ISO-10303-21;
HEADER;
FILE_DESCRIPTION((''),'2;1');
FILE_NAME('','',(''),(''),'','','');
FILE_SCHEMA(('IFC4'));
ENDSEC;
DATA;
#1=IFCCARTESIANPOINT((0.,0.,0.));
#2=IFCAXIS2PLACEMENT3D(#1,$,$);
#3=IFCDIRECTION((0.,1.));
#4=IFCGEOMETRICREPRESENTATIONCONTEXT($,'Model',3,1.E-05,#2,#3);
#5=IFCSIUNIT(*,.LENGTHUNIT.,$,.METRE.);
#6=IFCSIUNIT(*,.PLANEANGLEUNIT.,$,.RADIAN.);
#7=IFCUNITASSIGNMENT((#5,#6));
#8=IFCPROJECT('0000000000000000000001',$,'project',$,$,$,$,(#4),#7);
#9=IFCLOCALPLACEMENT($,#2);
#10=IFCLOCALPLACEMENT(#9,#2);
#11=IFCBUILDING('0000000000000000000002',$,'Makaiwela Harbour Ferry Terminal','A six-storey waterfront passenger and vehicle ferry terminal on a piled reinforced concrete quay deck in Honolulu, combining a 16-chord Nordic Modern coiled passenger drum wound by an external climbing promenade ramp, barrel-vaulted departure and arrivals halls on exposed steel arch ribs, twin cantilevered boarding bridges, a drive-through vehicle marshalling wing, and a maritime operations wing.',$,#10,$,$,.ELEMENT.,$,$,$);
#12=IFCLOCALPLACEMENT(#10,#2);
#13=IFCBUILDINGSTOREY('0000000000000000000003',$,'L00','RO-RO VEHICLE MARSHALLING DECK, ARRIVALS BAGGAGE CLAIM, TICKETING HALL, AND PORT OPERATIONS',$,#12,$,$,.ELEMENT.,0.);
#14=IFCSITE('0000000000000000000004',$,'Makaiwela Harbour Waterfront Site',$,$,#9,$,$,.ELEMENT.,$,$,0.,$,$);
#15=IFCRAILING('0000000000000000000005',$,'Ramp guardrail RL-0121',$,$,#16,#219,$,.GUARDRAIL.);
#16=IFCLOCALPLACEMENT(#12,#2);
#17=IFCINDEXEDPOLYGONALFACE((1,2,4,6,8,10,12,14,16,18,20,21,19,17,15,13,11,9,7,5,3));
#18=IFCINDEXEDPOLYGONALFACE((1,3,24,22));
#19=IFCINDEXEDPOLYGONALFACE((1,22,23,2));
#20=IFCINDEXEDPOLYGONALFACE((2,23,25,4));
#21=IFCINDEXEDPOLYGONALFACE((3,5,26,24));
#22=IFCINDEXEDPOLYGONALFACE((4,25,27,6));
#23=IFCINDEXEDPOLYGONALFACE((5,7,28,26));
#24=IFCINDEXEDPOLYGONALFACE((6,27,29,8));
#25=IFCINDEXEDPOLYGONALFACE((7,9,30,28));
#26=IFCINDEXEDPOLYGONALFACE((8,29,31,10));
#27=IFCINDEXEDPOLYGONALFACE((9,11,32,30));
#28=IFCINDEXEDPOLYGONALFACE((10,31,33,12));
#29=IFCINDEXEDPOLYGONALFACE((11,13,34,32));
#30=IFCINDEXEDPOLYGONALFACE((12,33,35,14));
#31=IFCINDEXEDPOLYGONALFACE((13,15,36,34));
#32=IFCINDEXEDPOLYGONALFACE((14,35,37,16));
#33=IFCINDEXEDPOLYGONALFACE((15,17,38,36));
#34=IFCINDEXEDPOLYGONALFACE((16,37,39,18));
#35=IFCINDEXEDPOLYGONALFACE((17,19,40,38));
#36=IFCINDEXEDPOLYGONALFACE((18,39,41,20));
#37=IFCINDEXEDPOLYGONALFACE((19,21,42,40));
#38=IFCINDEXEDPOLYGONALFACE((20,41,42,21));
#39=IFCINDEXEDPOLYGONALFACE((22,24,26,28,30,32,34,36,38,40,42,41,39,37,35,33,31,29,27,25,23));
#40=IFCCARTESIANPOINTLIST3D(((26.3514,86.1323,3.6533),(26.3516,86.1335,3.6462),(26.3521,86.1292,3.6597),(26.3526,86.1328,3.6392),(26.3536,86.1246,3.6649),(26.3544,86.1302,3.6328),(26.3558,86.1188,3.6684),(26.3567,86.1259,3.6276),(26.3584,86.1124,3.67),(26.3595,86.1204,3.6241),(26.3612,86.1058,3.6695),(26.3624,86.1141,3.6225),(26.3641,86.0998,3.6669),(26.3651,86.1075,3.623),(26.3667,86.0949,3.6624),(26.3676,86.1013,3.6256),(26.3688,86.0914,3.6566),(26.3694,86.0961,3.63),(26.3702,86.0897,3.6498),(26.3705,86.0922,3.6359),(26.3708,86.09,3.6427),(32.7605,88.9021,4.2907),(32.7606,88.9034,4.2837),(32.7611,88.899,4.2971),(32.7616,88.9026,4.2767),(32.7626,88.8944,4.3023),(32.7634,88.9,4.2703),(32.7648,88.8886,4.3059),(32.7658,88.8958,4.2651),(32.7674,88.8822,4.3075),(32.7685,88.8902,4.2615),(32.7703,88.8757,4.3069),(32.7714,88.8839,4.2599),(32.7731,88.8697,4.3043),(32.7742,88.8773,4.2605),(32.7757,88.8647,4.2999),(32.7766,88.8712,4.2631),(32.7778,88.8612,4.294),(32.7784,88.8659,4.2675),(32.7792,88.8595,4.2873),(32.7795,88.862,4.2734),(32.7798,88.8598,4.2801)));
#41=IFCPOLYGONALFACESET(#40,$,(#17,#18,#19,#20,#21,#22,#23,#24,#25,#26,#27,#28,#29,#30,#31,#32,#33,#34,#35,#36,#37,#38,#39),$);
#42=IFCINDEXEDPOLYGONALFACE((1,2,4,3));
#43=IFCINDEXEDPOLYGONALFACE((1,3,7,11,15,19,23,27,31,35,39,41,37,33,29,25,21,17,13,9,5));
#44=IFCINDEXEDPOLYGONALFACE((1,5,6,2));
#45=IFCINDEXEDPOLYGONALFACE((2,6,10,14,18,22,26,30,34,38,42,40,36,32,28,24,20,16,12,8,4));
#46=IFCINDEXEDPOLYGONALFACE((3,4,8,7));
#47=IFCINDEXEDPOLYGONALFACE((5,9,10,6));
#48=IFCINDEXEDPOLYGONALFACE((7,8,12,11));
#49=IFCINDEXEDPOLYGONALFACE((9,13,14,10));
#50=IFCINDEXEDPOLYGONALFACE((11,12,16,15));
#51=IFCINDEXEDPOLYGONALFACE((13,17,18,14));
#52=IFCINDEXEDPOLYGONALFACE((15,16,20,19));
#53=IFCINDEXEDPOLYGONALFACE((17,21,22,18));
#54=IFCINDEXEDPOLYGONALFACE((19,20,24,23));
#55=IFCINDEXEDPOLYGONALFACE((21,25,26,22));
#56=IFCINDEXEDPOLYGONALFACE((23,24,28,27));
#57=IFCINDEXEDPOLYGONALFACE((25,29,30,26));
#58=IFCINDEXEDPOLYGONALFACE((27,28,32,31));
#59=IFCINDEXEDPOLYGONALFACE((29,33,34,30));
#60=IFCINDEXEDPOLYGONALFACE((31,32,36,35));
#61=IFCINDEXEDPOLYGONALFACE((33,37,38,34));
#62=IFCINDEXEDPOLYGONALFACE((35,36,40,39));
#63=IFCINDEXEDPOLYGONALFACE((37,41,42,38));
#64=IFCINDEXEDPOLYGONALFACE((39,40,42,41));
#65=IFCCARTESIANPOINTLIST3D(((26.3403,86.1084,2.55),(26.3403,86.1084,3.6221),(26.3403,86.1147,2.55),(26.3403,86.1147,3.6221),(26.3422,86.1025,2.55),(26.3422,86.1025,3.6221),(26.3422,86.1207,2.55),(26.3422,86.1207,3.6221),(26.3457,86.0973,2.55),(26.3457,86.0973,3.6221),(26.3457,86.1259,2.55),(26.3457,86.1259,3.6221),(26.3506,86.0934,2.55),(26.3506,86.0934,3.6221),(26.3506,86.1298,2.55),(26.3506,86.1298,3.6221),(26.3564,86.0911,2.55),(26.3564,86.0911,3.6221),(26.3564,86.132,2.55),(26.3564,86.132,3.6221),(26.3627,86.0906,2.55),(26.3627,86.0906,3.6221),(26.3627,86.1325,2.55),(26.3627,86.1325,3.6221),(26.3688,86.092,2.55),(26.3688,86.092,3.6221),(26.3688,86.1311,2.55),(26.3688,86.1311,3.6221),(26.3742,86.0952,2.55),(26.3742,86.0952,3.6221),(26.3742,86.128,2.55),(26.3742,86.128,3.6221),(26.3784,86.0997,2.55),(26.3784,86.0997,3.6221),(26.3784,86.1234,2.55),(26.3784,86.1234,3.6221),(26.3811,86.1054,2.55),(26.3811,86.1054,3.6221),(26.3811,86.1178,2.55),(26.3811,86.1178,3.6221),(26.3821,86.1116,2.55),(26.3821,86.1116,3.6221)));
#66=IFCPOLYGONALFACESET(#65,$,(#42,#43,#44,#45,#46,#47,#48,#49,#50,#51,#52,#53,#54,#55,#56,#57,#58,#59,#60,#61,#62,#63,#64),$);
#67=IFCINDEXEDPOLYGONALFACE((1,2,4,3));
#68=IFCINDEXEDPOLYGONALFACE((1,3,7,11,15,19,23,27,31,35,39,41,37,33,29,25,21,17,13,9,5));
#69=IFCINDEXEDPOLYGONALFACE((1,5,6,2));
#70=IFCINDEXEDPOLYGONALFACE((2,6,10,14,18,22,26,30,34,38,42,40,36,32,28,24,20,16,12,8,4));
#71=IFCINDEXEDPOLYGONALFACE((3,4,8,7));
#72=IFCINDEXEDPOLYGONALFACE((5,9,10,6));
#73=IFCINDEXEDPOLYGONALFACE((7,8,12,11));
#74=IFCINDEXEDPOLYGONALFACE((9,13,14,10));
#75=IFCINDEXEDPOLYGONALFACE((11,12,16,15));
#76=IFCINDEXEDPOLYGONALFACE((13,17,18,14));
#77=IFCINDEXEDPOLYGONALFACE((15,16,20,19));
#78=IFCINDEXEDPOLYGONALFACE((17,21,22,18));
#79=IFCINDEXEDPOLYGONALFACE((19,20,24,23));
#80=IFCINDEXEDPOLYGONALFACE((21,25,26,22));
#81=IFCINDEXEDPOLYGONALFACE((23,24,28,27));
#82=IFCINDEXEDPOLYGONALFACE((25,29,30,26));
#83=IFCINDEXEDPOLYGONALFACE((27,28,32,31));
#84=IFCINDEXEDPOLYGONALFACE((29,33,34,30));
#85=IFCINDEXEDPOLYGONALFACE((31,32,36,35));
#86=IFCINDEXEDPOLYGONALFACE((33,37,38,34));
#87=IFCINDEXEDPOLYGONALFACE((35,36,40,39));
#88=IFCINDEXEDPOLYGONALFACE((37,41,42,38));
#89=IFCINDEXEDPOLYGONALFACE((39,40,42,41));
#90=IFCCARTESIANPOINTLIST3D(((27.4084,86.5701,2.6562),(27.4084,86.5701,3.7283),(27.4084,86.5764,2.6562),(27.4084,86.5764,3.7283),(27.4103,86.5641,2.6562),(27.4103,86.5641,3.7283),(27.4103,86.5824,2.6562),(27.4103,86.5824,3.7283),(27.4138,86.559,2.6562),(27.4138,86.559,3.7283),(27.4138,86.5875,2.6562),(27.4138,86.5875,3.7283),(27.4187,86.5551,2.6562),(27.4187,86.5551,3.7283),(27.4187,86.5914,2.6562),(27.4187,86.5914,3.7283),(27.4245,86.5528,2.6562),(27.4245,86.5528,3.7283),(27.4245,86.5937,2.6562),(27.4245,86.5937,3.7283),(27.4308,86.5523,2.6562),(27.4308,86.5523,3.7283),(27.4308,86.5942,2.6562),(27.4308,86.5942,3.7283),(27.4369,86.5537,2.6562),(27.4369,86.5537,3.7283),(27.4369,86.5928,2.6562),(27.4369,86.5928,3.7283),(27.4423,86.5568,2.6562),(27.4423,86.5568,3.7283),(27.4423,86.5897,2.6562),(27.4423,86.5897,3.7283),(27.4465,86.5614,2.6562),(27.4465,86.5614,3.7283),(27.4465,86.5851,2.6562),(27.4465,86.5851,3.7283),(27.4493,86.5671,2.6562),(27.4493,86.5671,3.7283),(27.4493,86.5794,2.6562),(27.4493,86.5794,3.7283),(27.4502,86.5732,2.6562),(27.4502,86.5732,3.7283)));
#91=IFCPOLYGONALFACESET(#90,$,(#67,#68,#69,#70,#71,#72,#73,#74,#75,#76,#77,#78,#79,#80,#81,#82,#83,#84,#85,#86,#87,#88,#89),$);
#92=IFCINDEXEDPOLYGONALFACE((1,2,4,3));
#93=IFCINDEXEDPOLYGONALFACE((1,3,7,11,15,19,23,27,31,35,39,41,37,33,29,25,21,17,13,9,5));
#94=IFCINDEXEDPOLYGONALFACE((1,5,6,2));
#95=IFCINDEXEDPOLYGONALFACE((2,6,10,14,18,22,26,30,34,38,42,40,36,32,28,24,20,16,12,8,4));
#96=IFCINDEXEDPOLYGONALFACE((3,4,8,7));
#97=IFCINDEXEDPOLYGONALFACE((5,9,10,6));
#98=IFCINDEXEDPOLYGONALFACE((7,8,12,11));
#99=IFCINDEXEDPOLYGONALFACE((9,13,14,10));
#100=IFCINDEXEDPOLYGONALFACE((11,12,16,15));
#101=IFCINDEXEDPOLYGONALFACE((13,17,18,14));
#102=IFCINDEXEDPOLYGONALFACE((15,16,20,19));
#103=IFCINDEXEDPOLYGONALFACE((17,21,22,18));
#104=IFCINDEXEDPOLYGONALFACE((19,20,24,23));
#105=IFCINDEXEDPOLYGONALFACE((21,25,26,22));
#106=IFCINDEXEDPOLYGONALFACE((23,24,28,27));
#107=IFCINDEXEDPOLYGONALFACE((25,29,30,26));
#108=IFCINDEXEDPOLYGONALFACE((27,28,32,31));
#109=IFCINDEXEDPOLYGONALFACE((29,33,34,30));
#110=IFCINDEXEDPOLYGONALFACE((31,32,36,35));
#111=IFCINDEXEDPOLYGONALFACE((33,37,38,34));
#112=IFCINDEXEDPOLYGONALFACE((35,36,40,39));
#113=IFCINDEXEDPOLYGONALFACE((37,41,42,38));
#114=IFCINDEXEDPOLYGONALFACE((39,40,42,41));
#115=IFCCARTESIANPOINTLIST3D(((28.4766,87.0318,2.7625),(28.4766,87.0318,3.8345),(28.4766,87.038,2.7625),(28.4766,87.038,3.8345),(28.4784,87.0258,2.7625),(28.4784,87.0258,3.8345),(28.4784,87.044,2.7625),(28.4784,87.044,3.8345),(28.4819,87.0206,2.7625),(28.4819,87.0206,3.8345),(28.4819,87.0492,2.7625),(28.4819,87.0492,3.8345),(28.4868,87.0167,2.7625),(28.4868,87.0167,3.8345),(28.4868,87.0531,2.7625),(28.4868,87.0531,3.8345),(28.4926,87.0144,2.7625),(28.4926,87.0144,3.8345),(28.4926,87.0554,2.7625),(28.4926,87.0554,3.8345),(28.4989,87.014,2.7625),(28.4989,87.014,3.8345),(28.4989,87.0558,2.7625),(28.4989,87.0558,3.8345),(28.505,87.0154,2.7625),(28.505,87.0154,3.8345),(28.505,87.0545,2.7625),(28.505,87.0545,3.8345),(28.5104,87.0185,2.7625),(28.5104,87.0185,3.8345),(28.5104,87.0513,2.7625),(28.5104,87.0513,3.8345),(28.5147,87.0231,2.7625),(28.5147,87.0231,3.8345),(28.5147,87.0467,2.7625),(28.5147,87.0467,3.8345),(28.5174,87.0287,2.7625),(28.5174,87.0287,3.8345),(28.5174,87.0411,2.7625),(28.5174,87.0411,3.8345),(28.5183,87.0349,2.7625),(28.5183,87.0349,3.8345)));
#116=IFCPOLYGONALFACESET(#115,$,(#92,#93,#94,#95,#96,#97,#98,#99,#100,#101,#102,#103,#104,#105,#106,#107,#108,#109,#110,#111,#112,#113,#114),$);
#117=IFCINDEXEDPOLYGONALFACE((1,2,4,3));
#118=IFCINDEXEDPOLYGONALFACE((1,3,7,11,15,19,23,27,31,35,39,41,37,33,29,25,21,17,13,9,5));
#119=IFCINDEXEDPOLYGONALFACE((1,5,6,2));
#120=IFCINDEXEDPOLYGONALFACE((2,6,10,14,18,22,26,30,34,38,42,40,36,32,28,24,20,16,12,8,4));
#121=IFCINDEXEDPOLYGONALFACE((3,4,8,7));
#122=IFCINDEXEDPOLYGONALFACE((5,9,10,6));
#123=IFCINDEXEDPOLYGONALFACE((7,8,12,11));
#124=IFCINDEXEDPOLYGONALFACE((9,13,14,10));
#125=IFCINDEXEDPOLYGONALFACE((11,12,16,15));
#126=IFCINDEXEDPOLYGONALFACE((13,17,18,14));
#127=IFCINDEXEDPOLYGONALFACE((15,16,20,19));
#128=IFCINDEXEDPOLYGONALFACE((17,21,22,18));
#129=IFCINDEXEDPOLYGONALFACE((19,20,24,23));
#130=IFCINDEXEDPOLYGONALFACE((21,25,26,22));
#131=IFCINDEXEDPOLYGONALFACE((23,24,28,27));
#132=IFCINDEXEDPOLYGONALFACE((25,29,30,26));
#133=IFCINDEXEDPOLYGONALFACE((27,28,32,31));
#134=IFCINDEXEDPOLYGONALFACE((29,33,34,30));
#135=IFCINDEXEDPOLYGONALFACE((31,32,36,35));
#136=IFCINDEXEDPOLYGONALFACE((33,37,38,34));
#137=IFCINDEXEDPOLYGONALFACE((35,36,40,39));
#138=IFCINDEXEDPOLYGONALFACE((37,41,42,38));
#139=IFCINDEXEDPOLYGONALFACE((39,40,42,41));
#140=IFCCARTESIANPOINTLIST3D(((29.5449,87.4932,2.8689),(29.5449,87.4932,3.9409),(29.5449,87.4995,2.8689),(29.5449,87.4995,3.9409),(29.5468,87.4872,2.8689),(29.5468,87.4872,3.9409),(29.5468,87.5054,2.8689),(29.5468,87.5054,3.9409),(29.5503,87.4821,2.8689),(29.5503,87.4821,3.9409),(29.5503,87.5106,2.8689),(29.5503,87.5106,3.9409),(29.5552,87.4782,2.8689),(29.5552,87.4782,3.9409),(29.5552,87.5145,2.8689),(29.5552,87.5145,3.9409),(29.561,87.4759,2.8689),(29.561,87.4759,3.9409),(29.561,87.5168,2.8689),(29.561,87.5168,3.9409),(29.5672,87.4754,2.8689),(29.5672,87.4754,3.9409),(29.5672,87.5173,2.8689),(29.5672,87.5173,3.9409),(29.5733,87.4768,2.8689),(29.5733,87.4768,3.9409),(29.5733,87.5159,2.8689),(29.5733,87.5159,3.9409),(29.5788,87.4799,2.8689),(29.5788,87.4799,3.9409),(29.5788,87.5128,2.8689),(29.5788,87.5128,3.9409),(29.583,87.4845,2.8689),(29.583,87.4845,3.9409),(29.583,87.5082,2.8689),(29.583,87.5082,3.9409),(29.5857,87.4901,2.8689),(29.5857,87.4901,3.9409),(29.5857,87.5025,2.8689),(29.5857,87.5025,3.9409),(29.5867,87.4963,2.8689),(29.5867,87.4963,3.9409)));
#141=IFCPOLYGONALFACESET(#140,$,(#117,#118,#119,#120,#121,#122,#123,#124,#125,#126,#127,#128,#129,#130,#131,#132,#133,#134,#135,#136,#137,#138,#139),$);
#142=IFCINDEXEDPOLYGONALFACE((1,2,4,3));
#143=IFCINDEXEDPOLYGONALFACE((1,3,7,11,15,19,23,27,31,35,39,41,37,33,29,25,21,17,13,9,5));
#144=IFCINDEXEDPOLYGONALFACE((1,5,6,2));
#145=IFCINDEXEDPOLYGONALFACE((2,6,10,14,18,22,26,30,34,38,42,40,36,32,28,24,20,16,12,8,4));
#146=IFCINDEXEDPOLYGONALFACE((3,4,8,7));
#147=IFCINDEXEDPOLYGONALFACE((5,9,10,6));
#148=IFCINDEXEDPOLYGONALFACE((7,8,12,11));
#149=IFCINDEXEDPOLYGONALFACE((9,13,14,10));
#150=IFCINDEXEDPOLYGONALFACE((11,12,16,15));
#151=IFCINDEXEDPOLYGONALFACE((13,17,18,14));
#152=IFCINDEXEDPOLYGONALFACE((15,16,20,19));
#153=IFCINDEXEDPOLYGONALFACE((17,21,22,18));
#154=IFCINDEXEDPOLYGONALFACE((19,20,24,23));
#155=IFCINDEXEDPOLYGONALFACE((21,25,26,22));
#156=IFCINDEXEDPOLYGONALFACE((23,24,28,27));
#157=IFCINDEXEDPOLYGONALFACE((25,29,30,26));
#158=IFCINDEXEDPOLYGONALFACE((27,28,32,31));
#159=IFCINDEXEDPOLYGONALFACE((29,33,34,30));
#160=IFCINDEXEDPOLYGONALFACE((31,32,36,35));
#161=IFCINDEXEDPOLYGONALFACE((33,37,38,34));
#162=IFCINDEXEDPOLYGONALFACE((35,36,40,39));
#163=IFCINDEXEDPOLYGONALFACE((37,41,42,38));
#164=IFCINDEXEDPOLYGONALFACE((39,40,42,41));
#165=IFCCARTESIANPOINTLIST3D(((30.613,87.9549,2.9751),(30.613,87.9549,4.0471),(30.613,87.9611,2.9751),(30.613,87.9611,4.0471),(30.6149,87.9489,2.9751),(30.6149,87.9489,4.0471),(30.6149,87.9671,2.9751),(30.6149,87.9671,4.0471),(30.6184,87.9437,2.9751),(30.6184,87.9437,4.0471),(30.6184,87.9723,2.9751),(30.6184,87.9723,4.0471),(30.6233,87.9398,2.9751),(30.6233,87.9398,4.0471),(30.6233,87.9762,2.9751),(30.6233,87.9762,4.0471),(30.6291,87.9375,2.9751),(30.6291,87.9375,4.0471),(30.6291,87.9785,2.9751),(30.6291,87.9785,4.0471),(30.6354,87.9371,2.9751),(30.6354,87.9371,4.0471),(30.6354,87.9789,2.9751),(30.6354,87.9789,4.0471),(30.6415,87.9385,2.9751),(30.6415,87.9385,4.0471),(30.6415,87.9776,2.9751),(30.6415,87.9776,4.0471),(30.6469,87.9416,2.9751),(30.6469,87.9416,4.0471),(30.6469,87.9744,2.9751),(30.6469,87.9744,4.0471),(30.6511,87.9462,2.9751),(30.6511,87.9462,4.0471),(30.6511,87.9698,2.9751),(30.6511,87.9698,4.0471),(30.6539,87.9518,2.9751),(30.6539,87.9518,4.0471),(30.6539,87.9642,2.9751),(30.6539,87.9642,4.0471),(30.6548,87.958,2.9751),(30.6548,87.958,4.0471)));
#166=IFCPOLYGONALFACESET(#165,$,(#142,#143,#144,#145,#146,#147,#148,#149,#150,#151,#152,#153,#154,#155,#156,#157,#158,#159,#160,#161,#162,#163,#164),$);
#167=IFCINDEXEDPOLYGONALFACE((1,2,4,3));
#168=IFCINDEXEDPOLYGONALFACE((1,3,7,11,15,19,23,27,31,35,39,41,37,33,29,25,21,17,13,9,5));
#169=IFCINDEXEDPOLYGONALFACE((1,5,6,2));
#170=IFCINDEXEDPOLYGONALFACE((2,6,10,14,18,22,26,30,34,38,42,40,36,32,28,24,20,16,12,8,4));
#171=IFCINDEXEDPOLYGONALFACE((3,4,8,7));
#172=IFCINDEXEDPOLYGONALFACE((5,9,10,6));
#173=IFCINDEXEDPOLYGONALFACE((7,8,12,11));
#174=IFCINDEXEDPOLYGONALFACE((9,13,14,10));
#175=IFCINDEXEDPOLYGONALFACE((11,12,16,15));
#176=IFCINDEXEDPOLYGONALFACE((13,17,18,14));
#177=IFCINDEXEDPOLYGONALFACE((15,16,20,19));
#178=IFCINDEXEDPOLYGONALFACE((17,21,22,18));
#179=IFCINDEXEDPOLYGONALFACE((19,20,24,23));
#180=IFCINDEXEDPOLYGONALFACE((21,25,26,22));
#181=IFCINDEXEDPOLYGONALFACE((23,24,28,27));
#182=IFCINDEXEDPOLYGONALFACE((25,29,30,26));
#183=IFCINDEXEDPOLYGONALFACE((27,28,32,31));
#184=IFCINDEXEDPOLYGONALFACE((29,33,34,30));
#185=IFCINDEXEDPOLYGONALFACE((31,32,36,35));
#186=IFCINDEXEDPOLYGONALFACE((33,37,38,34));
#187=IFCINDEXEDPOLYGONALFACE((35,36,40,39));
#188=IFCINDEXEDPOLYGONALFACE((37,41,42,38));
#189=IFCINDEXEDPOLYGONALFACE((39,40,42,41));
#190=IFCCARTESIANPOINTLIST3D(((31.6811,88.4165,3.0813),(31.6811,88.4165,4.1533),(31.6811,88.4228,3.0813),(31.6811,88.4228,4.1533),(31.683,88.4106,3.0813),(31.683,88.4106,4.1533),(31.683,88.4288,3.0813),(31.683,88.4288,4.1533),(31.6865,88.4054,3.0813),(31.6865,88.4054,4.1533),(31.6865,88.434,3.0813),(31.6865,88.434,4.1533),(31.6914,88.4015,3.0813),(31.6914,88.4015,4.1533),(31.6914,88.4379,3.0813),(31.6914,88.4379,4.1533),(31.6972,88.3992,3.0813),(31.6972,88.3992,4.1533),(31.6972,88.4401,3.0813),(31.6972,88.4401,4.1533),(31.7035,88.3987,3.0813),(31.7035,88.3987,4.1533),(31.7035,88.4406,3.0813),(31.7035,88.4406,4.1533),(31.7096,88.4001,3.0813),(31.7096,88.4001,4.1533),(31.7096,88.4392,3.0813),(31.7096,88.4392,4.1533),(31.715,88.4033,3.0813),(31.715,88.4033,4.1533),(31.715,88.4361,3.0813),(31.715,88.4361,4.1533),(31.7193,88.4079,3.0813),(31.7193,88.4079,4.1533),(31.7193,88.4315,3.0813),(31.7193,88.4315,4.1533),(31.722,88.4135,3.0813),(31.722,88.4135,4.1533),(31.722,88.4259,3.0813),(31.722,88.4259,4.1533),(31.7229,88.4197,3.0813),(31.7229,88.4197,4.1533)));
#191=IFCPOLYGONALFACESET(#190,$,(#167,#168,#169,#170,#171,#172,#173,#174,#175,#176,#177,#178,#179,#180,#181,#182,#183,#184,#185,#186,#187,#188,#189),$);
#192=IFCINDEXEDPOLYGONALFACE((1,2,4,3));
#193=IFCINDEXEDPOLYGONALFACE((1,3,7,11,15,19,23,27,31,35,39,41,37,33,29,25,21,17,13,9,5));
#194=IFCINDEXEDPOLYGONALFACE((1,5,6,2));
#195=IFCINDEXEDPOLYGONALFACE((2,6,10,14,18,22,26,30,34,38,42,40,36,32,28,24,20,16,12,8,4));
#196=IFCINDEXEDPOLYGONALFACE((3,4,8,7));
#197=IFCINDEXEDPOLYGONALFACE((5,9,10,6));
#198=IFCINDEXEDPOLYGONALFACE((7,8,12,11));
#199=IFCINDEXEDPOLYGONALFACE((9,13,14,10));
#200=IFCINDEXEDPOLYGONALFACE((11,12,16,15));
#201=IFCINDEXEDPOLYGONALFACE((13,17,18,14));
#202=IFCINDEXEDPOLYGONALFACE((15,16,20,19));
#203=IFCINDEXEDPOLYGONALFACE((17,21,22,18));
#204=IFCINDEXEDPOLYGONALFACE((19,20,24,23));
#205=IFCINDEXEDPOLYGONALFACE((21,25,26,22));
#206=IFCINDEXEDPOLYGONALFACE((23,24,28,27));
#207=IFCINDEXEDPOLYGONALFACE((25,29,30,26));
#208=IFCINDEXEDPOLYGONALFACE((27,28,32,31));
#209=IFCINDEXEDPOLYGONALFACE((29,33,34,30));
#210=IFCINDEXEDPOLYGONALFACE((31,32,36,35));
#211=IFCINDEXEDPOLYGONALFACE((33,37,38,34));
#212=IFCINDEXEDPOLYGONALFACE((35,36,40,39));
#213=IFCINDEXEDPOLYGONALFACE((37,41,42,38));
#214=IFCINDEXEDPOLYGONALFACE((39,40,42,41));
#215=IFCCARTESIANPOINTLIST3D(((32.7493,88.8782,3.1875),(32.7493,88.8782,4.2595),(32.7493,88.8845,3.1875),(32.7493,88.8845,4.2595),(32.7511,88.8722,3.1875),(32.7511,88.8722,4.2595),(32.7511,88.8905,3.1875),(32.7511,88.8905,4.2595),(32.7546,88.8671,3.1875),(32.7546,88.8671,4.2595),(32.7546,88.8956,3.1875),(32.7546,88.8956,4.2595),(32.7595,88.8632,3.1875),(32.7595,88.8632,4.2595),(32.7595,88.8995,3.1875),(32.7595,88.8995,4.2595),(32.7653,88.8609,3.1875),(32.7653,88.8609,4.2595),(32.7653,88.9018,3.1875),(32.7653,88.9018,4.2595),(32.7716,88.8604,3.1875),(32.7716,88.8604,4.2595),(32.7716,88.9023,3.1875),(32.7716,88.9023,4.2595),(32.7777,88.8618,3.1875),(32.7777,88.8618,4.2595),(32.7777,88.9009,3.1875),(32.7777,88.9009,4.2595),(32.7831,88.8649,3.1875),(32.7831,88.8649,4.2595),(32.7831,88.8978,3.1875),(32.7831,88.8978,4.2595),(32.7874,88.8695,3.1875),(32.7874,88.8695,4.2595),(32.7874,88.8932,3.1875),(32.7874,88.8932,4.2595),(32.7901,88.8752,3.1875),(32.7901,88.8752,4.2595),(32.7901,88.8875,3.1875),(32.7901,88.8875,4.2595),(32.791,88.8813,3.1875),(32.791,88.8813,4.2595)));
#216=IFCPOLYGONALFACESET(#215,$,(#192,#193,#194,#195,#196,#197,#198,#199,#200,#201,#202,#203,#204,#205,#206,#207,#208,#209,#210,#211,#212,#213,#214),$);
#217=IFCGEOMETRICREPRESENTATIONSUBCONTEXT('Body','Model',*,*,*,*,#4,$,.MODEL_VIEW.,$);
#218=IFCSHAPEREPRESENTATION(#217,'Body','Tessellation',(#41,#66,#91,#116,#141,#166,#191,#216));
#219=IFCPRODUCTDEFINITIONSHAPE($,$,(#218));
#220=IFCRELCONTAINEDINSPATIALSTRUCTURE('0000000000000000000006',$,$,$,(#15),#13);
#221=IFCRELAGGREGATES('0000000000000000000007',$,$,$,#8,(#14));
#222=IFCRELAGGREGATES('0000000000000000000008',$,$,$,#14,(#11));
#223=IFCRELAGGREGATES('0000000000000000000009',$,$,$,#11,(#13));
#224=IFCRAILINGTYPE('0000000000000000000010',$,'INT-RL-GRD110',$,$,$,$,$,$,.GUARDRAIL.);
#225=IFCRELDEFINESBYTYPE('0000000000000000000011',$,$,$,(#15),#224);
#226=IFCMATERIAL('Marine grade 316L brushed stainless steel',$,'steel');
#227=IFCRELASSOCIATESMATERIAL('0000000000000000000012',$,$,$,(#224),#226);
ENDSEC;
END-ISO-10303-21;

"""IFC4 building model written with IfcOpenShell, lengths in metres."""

from ifc_helpers import new_model, si_unit, direction, frame, origin, origin_2d, place, context, subcontext, project, spatial, circle, extrude, material, type_object, element, save


model = new_model("IFC4")

# Units and contexts
model_context = context("Model", 3, precision=1e-05, world=origin(), true_north=direction((0.0, 1.0)))
body_context = subcontext(model_context, "Body", "Model", "MODEL_VIEW")
ifc_project = project(units=[si_unit("LENGTHUNIT", "METRE"), si_unit("PLANEANGLEUNIT", "RADIAN")], contexts=[model_context])

# Site, building, storey
site_placement = place(None, origin())
site = spatial("IfcSite", under=ifc_project, at=site_placement, Name="Makaiwela Harbour Waterfront Site", CompositionType="ELEMENT", RefElevation=0.0)
building_placement = place(site_placement, origin())
building = spatial("IfcBuilding", under=site, at=building_placement, Name="Makaiwela Harbour Ferry Terminal", Description="A six-storey waterfront passenger and vehicle ferry terminal on a piled reinforced concrete quay deck in Honolulu, combining a 16-chord Nordic Modern coiled passenger drum wound by an external climbing promenade ramp, barrel-vaulted departure and arrivals halls on exposed steel arch ribs, twin cantilevered boarding bridges, a drive-through vehicle marshalling wing, and a maritime operations wing.", CompositionType="ELEMENT")
storey_placement = place(building_placement, origin())
storey = spatial("IfcBuildingStorey", under=building, at=storey_placement, Name="L00", Description="RO-RO VEHICLE MARSHALLING DECK, ARRIVALS BAGGAGE CLAIM, TICKETING HALL, AND PORT OPERATIONS", CompositionType="ELEMENT", Elevation=0.0)

# Railing
ifc_material_1 = material(Name="Marine grade 316L brushed stainless steel", Category="steel")
railing_type_1 = type_object("IfcRailingType", Name="INT-RL-GRD110", PredefinedType="GUARDRAIL", material=ifc_material_1)
railing_1_placement = place(storey_placement, frame((26.3611, 86.1116, 2.55)))
element("IfcRailing", 1, at=railing_1_placement, inside=storey, type_object=railing_type_1, Name="Ramp guardrail RL-0121", PredefinedType="GUARDRAIL", context=body_context, shape_type="SweptSolid", body=[
    extrude(circle(Radius=0.0239, at=origin_2d()), frame((0.0, 0.0, 1.0962), z_axis=(0.914141, 0.395068, 0.090923), x_axis=(-0.396711, 0.917943, 0.0)), (0.0, 0.0, 1.0), 7.011),
    extrude(circle(Radius=0.021, at=origin_2d()), origin(), (0.0, 0.0, 1.0), 1.072),
    extrude(circle(Radius=0.021, at=origin_2d()), frame((1.0681, 0.4617, 0.1062)), (0.0, 0.0, 1.0), 1.072),
    extrude(circle(Radius=0.021, at=origin_2d()), frame((2.1362, 0.9233, 0.2124)), (0.0, 0.0, 1.0), 1.072),
    extrude(circle(Radius=0.021, at=origin_2d()), frame((3.2046, 1.3848, 0.3188)), (0.0, 0.0, 1.0), 1.072),
    extrude(circle(Radius=0.021, at=origin_2d()), frame((4.2727, 1.8464, 0.425)), (0.0, 0.0, 1.0), 1.072),
    extrude(circle(Radius=0.021, at=origin_2d()), frame((5.3408, 2.3081, 0.5312)), (0.0, 0.0, 1.0), 1.072),
    extrude(circle(Radius=0.021, at=origin_2d()), frame((6.4089, 2.7698, 0.6375)), (0.0, 0.0, 1.0), 1.072),
])

save(model, "model.ifc")
